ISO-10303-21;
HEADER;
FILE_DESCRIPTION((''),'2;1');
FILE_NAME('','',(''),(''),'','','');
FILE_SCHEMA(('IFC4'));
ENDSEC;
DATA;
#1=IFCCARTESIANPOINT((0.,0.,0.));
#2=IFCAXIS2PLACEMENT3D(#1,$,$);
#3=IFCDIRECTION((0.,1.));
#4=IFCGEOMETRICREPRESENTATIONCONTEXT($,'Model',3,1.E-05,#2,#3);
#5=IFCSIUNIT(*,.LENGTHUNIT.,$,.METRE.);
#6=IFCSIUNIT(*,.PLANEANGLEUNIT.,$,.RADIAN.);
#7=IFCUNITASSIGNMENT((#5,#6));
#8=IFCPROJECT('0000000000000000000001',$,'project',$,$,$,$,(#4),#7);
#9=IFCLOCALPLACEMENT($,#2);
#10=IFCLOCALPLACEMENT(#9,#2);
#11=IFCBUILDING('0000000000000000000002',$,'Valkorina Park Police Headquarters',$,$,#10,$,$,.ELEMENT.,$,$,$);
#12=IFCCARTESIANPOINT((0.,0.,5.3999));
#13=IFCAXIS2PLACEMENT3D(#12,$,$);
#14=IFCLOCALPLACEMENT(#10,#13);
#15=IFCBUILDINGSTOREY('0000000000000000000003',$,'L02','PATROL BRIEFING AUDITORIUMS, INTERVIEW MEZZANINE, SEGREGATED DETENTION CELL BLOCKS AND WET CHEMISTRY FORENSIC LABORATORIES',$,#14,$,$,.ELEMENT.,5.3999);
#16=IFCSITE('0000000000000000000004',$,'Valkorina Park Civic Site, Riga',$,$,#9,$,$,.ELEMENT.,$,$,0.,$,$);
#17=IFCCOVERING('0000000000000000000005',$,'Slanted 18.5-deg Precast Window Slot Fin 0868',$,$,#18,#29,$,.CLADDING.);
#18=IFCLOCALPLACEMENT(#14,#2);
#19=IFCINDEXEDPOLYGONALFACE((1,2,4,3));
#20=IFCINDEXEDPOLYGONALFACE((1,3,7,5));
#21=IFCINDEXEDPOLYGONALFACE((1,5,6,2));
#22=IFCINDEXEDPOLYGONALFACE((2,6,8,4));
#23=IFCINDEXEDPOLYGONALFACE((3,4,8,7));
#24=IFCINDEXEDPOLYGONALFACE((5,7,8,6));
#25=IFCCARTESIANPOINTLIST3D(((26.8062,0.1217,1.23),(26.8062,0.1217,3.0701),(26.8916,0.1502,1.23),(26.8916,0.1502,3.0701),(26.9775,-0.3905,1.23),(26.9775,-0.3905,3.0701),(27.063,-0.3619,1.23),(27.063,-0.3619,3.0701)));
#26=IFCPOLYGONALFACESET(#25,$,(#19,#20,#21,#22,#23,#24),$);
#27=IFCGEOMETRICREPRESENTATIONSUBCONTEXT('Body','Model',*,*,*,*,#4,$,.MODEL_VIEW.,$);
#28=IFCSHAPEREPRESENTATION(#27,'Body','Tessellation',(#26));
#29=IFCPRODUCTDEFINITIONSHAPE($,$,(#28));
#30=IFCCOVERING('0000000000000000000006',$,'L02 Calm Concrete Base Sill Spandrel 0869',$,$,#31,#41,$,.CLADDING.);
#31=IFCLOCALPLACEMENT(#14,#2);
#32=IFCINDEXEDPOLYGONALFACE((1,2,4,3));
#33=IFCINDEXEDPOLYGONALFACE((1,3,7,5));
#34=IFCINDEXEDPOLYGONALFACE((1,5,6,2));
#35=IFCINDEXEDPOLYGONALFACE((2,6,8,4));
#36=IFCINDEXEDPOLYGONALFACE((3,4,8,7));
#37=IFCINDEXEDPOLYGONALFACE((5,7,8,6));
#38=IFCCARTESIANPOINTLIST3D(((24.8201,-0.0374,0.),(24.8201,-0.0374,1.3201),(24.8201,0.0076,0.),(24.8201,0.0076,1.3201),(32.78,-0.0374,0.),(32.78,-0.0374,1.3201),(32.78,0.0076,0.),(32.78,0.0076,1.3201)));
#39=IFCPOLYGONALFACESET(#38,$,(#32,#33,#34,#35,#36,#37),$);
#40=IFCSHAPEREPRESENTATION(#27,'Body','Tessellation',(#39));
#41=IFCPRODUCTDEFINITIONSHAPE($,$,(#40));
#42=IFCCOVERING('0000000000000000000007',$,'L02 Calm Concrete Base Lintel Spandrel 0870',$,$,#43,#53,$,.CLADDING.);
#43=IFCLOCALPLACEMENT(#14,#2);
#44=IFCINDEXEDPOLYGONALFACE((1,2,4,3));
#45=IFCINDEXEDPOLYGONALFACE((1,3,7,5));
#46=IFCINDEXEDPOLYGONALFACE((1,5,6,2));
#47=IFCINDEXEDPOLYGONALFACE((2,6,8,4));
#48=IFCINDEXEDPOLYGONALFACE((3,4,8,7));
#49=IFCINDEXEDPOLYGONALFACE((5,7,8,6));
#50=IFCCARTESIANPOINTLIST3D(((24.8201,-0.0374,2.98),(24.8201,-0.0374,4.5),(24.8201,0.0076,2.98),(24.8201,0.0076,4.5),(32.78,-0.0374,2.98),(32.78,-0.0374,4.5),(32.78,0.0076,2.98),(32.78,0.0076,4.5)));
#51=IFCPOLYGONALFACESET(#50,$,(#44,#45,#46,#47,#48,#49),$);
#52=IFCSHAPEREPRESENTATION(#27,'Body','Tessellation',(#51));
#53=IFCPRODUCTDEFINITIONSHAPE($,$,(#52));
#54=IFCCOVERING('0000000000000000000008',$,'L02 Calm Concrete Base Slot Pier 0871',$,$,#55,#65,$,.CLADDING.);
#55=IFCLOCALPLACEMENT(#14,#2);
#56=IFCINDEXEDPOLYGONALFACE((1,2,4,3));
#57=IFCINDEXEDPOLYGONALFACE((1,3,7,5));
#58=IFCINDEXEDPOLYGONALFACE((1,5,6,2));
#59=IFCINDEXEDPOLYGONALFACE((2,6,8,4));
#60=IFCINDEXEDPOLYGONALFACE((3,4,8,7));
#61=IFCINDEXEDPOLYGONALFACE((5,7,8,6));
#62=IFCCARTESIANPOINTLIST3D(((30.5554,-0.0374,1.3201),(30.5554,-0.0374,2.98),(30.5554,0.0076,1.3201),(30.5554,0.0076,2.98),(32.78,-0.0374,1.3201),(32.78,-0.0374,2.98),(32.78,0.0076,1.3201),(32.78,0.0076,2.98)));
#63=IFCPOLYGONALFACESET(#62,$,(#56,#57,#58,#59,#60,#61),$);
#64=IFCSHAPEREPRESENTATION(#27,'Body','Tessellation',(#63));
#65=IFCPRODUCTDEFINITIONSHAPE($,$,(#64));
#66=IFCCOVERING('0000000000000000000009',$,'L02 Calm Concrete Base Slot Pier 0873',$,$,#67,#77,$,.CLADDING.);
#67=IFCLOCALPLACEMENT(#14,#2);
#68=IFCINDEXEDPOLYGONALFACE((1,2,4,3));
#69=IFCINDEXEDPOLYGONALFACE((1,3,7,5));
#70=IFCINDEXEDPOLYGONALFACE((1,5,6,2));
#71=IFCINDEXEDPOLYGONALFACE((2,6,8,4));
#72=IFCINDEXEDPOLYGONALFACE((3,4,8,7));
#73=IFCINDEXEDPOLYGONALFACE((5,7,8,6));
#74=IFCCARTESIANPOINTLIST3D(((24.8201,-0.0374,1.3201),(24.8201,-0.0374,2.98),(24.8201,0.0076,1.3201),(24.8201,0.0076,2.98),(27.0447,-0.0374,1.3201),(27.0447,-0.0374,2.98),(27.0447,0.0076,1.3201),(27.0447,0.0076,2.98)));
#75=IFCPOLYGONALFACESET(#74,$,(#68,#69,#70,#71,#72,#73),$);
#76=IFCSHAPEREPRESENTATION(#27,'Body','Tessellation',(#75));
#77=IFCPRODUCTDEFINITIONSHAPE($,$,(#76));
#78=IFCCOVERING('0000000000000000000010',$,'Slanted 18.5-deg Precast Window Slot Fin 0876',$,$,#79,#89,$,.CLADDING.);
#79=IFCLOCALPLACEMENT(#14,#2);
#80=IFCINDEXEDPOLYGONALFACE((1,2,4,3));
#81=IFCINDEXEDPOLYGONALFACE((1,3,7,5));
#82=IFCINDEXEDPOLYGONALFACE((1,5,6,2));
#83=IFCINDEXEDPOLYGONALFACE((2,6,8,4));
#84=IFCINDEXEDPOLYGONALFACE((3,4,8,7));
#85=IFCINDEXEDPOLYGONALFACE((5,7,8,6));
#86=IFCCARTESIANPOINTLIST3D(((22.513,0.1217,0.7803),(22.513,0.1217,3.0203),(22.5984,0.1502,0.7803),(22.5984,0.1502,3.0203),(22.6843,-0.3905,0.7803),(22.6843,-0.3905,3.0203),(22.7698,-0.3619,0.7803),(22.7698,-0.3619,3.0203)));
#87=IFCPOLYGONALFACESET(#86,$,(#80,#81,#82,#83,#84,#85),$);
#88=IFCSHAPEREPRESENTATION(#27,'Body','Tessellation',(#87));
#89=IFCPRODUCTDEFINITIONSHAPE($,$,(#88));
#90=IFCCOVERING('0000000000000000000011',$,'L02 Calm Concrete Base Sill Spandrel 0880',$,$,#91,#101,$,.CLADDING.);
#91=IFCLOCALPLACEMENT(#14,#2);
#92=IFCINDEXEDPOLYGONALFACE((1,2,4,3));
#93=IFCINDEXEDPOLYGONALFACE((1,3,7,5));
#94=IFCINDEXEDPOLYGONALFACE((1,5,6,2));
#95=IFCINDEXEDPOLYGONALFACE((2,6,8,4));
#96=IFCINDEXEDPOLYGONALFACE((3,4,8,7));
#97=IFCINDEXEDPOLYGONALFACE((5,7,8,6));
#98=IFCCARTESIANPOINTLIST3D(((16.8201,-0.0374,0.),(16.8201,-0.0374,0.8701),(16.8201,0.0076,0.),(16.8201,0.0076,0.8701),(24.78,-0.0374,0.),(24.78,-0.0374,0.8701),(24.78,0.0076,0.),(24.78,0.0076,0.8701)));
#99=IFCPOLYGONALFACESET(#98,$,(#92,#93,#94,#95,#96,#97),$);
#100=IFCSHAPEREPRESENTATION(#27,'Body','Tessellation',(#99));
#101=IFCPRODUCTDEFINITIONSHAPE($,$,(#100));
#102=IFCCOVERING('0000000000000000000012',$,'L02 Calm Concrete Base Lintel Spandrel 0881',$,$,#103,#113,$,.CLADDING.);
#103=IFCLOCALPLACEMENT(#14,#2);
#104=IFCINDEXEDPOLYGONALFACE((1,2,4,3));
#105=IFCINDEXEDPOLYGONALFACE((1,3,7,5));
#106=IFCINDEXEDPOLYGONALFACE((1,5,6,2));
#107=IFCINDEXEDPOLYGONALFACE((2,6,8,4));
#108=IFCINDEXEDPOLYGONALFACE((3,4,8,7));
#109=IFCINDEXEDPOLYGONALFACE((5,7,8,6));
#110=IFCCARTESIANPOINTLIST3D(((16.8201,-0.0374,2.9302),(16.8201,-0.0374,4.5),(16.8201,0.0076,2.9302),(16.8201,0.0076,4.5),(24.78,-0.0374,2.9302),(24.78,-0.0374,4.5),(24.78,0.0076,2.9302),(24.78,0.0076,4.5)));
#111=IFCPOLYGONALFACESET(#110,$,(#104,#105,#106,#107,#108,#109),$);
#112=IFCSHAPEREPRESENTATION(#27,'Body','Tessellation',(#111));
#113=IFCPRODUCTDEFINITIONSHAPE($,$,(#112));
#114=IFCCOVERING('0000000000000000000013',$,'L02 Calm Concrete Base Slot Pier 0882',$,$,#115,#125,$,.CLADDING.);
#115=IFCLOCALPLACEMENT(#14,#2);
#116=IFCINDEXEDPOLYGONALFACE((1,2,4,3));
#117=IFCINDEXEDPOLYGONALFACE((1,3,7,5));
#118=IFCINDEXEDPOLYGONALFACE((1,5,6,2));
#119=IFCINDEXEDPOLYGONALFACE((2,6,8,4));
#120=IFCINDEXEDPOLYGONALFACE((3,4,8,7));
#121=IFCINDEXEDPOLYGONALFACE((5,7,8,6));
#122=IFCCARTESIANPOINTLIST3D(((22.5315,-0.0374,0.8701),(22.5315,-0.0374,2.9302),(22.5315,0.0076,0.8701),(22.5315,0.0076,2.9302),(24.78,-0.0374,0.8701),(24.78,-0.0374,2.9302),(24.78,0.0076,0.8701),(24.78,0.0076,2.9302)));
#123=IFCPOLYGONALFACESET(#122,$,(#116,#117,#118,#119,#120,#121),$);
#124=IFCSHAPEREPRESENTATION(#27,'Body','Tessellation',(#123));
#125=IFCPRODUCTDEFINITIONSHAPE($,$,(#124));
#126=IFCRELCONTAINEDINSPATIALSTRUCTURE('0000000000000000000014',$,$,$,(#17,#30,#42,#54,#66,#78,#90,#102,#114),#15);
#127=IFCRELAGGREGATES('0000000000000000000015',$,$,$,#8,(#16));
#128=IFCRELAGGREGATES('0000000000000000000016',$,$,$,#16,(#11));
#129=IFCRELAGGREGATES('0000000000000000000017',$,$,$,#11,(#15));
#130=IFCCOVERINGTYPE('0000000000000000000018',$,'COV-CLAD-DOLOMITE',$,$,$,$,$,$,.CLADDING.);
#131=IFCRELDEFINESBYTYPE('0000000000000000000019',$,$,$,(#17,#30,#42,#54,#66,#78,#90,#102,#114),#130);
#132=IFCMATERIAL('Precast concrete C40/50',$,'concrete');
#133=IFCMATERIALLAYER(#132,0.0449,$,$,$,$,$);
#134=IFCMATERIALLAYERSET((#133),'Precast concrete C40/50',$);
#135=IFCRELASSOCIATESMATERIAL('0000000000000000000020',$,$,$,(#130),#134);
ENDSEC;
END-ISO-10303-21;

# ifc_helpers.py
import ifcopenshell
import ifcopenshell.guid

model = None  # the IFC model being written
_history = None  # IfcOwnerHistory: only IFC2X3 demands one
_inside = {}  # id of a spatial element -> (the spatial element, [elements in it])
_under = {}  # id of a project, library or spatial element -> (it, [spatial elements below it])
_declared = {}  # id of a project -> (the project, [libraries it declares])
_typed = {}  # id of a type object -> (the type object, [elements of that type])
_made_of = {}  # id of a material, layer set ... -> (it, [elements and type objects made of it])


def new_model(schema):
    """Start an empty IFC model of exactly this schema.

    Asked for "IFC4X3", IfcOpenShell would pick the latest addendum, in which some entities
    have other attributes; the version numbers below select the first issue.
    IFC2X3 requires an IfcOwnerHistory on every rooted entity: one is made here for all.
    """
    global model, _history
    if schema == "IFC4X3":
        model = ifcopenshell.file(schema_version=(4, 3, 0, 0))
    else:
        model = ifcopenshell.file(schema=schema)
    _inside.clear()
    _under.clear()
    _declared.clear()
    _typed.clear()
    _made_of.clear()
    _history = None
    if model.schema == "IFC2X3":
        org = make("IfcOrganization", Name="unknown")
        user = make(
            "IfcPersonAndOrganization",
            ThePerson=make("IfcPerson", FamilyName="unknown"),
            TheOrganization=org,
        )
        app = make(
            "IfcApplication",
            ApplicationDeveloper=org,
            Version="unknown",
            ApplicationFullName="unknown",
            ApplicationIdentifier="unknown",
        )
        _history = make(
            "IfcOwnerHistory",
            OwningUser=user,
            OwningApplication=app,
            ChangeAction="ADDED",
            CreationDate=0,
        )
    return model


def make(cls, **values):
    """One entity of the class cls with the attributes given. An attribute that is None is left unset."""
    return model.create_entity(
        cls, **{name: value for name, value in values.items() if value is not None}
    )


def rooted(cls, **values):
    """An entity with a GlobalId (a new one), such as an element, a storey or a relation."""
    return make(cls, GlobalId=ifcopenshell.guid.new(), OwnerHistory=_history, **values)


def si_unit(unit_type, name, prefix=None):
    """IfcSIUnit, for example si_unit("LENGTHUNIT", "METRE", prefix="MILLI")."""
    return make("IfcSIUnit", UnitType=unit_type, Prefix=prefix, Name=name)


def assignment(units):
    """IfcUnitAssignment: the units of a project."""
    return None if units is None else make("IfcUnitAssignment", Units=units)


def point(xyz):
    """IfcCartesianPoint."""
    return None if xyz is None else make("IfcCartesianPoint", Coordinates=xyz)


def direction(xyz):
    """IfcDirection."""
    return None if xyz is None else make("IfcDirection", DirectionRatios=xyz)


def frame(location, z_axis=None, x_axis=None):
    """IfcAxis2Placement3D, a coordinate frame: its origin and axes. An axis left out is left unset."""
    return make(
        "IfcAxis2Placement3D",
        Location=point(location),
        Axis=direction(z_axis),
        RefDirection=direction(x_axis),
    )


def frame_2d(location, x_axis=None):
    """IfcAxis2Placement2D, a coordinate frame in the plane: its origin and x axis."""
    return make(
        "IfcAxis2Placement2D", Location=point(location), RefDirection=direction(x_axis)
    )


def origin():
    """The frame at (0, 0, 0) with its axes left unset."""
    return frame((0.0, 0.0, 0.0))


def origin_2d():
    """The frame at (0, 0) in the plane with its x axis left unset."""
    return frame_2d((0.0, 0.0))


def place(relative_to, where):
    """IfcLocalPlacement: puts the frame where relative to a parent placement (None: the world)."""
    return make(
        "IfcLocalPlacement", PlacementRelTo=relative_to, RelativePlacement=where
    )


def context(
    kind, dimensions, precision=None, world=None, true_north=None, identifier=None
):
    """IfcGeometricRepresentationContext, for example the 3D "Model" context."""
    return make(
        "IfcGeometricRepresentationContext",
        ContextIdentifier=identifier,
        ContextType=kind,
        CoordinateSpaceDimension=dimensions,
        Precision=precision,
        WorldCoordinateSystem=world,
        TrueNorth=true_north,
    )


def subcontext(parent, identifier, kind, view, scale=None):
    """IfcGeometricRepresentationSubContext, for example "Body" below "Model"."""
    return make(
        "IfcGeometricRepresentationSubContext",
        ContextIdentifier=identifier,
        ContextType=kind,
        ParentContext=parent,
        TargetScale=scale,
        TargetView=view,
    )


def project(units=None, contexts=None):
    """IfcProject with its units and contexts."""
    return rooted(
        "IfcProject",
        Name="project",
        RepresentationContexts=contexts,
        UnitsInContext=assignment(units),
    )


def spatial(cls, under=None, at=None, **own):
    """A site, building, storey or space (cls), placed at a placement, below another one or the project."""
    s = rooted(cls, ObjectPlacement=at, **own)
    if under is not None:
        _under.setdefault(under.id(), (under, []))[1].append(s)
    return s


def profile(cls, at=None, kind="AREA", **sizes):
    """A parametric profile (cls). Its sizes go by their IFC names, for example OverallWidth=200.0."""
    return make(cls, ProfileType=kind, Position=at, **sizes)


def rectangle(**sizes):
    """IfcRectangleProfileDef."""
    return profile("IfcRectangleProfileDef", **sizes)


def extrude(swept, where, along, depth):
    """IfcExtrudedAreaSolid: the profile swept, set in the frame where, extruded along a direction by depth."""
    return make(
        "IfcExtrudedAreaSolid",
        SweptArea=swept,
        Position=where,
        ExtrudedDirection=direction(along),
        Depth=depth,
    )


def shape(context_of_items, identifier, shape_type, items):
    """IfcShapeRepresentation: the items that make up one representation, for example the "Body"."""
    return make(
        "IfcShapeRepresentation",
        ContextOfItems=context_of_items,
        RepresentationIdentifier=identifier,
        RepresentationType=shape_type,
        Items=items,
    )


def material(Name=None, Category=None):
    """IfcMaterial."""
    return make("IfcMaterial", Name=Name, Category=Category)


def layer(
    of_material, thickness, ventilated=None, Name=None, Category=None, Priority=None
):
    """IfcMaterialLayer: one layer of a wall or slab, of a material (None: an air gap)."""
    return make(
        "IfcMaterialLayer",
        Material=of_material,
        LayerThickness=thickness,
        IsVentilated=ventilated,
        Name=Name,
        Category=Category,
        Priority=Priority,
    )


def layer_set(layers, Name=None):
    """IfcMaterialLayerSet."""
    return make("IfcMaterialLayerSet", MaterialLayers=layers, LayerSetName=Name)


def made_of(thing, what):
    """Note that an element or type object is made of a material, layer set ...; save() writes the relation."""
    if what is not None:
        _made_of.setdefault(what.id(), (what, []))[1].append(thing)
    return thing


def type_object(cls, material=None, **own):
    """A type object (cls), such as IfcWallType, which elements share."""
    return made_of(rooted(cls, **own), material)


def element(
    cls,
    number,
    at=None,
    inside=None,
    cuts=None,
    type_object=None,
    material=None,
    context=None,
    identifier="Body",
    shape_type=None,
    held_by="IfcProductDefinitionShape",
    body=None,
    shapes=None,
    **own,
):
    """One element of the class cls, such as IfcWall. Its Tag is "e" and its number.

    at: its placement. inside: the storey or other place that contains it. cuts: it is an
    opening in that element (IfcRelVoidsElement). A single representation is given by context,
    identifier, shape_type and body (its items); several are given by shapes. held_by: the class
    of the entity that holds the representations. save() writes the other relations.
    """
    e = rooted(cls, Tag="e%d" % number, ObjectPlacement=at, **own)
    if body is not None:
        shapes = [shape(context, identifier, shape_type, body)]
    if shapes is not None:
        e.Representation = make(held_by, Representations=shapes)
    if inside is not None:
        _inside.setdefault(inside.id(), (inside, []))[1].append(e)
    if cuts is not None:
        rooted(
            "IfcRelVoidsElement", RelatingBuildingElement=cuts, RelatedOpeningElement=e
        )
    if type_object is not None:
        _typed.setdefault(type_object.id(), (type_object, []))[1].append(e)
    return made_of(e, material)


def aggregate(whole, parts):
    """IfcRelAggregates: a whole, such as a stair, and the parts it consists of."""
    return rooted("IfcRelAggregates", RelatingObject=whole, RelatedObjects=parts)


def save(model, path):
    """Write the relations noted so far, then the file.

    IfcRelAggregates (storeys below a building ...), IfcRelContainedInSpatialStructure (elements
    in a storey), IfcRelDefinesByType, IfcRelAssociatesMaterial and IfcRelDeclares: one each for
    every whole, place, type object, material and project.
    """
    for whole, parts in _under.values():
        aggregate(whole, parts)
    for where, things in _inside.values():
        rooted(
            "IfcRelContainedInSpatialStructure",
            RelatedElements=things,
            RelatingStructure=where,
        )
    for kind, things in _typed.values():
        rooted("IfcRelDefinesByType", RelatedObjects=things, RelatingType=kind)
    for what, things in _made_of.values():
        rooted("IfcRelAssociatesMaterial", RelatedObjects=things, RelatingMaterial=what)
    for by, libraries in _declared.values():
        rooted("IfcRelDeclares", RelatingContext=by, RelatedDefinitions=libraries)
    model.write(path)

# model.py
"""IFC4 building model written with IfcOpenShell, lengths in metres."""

from ifc_helpers import new_model, si_unit, direction, frame, frame_2d, origin, origin_2d, place, context, subcontext, project, spatial, rectangle, extrude, material, layer, layer_set, type_object, element, save


model = new_model("IFC4")

# Units and contexts
model_context = context("Model", 3, precision=1e-05, world=origin(), true_north=direction((0.0, 1.0)))
body_context = subcontext(model_context, "Body", "Model", "MODEL_VIEW")
ifc_project = project(units=[si_unit("LENGTHUNIT", "METRE"), si_unit("PLANEANGLEUNIT", "RADIAN")], contexts=[model_context])

# Site, building, storey
site_placement = place(None, origin())
site = spatial("IfcSite", under=ifc_project, at=site_placement, Name="Valkorina Park Civic Site, Riga", CompositionType="ELEMENT", RefElevation=0.0)
building_placement = place(site_placement, origin())
building = spatial("IfcBuilding", under=site, at=building_placement, Name="Valkorina Park Police Headquarters", CompositionType="ELEMENT")
storey_placement = place(building_placement, frame((0.0, 0.0, 5.3999)))
storey = spatial("IfcBuildingStorey", under=building, at=storey_placement, Name="L02", Description="PATROL BRIEFING AUDITORIUMS, INTERVIEW MEZZANINE, SEGREGATED DETENTION CELL BLOCKS AND WET CHEMISTRY FORENSIC LABORATORIES", CompositionType="ELEMENT", Elevation=5.3999)

# Coverings
ifc_material_1 = material(Name="Precast concrete C40/50", Category="concrete")
ifc_layer = layer(ifc_material_1, 0.0449)
ifc_layer_set = layer_set([ifc_layer], Name="Precast concrete C40/50")
covering_type = type_object("IfcCoveringType", Name="COV-CLAD-DOLOMITE", PredefinedType="CLADDING", material=ifc_layer_set)
for number, where, z_axis, x_axis, name in (
    (1, (26.9346, -0.1201, 1.23), (0.0, 0.0, 1.0), (0.317305, -0.948324, 0.0), "Slanted 18.5-deg Precast Window Slot Fin 0868"),
):
    element("IfcCovering", number, at=place(storey_placement, frame(where, z_axis=z_axis, x_axis=x_axis)), inside=storey, type_object=covering_type, Name=name, PredefinedType="CLADDING", context=body_context, shape_type="SweptSolid", body=[
        extrude(rectangle(XDim=0.54, YDim=0.0901, at=origin_2d()), origin(), (0.0, 0.0, 1.0), 1.8401),
    ])
covering_1_placement = place(storey_placement, frame((32.78, -0.0149, 0.0), z_axis=(0.0, 0.0, 1.0), x_axis=(-1.0, 0.0, 0.0)))
element("IfcCovering", 2, at=covering_1_placement, inside=storey, type_object=covering_type, Name="L02 Calm Concrete Base Sill Spandrel 0869", PredefinedType="CLADDING", context=body_context, shape_type="SweptSolid", body=[
    extrude(rectangle(XDim=7.96, YDim=0.0449, at=frame_2d((3.98, 0.0))), origin(), (0.0, 0.0, 1.0), 1.3201),
])
covering_2_placement = place(storey_placement, frame((32.78, -0.0149, 2.98), z_axis=(0.0, 0.0, 1.0), x_axis=(-1.0, 0.0, 0.0)))
element("IfcCovering", 3, at=covering_2_placement, inside=storey, type_object=covering_type, Name="L02 Calm Concrete Base Lintel Spandrel 0870", PredefinedType="CLADDING", context=body_context, shape_type="SweptSolid", body=[
    extrude(rectangle(XDim=7.96, YDim=0.0449, at=frame_2d((3.98, 0.0))), origin(), (0.0, 0.0, 1.0), 1.52),
])
covering_3_placement = place(storey_placement, frame((32.78, -0.0149, 1.3201), z_axis=(0.0, 0.0, 1.0), x_axis=(-1.0, 0.0, 0.0)))
element("IfcCovering", 4, at=covering_3_placement, inside=storey, type_object=covering_type, Name="L02 Calm Concrete Base Slot Pier 0871", PredefinedType="CLADDING", context=body_context, shape_type="SweptSolid", body=[
    extrude(rectangle(XDim=2.2246, YDim=0.0449, at=frame_2d((1.1123, 0.0))), origin(), (0.0, 0.0, 1.0), 1.6599),
])
covering_4_placement = place(storey_placement, frame((27.0447, -0.0149, 1.3201), z_axis=(0.0, 0.0, 1.0), x_axis=(-1.0, 0.0, 0.0)))
element("IfcCovering", 5, at=covering_4_placement, inside=storey, type_object=covering_type, Name="L02 Calm Concrete Base Slot Pier 0873", PredefinedType="CLADDING", context=body_context, shape_type="SweptSolid", body=[
    extrude(rectangle(XDim=2.2246, YDim=0.0449, at=frame_2d((1.1123, 0.0))), origin(), (0.0, 0.0, 1.0), 1.6599),
])
covering_5_placement = place(storey_placement, frame((22.6414, -0.1201, 0.7803), z_axis=(0.0, 0.0, 1.0), x_axis=(0.317305, -0.948324, 0.0)))
element("IfcCovering", 6, at=covering_5_placement, inside=storey, type_object=covering_type, Name="Slanted 18.5-deg Precast Window Slot Fin 0876", PredefinedType="CLADDING", context=body_context, shape_type="SweptSolid", body=[
    extrude(rectangle(XDim=0.54, YDim=0.0901, at=origin_2d()), origin(), (0.0, 0.0, 1.0), 2.24),
])
covering_6_placement = place(storey_placement, frame((24.78, -0.0149, 0.0), z_axis=(0.0, 0.0, 1.0), x_axis=(-1.0, 0.0, 0.0)))
element("IfcCovering", 7, at=covering_6_placement, inside=storey, type_object=covering_type, Name="L02 Calm Concrete Base Sill Spandrel 0880", PredefinedType="CLADDING", context=body_context, shape_type="SweptSolid", body=[
    extrude(rectangle(XDim=7.96, YDim=0.0449, at=frame_2d((3.98, 0.0))), origin(), (0.0, 0.0, 1.0), 0.8701),
])
covering_7_placement = place(storey_placement, frame((24.78, -0.0149, 2.9302), z_axis=(0.0, 0.0, 1.0), x_axis=(-1.0, 0.0, 0.0)))
element("IfcCovering", 8, at=covering_7_placement, inside=storey, type_object=covering_type, Name="L02 Calm Concrete Base Lintel Spandrel 0881", PredefinedType="CLADDING", context=body_context, shape_type="SweptSolid", body=[
    extrude(rectangle(XDim=7.96, YDim=0.0449, at=frame_2d((3.98, 0.0))), origin(), (0.0, 0.0, 1.0), 1.5698),
])
covering_8_placement = place(storey_placement, frame((24.78, -0.0149, 0.8701), z_axis=(0.0, 0.0, 1.0), x_axis=(-1.0, 0.0, 0.0)))
element("IfcCovering", 9, at=covering_8_placement, inside=storey, type_object=covering_type, Name="L02 Calm Concrete Base Slot Pier 0882", PredefinedType="CLADDING", context=body_context, shape_type="SweptSolid", body=[
    extrude(rectangle(XDim=2.2485, YDim=0.0449, at=frame_2d((1.1243, 0.0))), origin(), (0.0, 0.0, 1.0), 2.0601),
])

save(model, "model.ifc")
